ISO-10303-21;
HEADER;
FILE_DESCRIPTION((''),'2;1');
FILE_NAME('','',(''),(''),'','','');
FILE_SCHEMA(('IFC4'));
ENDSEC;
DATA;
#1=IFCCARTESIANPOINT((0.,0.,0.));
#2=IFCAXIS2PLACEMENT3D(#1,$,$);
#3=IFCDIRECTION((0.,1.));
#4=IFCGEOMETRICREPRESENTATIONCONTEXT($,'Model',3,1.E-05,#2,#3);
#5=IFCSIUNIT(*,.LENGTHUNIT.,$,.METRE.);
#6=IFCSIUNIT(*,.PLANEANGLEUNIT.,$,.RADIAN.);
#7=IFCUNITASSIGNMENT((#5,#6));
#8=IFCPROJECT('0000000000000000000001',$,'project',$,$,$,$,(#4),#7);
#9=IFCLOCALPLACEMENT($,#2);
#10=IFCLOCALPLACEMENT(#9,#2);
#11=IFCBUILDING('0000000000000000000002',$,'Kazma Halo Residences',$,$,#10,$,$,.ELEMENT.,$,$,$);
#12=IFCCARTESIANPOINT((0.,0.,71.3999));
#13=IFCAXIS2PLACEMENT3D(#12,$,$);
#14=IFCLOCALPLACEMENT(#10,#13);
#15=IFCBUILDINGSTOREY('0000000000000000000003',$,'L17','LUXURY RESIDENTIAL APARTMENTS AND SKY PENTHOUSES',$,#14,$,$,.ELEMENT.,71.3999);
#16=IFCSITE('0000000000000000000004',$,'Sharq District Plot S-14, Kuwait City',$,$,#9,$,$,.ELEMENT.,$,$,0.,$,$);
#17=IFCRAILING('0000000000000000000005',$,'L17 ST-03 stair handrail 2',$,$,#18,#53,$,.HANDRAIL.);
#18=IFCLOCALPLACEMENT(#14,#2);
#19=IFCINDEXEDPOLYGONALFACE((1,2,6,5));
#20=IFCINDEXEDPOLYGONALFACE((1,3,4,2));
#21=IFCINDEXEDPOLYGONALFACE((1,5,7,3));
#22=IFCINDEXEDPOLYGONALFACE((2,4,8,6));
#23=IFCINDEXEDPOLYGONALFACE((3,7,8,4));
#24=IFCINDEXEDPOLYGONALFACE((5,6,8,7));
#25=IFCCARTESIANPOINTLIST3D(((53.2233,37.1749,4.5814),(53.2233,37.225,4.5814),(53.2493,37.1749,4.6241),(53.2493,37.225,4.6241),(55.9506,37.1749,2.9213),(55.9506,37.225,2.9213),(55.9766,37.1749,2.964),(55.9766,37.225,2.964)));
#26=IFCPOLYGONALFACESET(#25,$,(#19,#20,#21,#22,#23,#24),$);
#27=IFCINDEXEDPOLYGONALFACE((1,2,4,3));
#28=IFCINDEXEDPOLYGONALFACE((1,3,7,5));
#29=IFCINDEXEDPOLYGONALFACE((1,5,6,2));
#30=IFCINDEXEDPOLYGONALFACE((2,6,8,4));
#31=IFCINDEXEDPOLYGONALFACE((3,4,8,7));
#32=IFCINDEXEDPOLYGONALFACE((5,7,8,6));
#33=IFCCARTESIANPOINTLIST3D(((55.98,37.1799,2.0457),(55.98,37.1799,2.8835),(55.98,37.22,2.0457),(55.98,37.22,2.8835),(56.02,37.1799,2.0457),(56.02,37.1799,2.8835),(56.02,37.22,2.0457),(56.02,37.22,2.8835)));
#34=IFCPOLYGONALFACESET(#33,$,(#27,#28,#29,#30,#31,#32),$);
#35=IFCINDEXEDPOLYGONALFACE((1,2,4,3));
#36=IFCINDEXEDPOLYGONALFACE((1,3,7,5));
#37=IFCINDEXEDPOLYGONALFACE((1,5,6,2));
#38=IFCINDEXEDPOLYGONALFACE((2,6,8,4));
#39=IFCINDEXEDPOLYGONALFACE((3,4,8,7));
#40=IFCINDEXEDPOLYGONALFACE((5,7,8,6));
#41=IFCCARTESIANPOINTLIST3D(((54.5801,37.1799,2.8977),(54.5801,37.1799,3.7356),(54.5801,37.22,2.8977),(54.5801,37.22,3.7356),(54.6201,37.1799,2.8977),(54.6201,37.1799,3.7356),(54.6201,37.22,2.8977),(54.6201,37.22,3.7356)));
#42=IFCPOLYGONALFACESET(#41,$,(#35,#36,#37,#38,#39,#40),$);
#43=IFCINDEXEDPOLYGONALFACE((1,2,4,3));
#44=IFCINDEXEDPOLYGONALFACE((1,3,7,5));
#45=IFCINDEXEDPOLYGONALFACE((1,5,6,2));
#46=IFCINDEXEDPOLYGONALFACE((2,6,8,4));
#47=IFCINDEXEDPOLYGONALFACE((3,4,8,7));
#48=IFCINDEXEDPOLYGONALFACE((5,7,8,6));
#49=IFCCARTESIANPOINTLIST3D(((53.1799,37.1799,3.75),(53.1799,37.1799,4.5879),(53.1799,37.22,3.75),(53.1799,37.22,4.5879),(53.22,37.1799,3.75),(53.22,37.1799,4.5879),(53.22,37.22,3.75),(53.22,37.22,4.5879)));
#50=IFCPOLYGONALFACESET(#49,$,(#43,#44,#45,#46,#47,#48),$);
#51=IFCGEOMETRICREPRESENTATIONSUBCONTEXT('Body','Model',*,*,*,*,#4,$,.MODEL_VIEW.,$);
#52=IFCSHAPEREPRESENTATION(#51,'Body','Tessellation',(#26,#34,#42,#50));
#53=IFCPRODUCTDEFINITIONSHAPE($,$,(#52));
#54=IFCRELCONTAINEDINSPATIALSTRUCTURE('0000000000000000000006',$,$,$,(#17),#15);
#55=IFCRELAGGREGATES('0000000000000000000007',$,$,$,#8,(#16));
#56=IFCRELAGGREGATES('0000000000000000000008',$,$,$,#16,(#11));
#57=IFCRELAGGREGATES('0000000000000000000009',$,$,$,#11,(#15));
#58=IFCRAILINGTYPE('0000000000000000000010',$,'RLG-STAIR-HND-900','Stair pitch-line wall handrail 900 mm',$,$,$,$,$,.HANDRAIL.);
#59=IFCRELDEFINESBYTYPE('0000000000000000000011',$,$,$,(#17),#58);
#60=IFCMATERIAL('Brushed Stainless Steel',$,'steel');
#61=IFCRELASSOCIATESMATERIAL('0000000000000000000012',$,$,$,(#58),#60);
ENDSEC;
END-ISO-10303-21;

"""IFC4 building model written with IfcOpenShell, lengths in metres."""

from ifc_helpers import new_model, si_unit, direction, frame, origin, origin_2d, place, context, subcontext, project, spatial, rectangle, extrude, material, type_object, element, save


model = new_model("IFC4")

# Units and contexts
model_context = context("Model", 3, precision=1e-05, world=origin(), true_north=direction((0.0, 1.0)))
body_context = subcontext(model_context, "Body", "Model", "MODEL_VIEW")
ifc_project = project(units=[si_unit("LENGTHUNIT", "METRE"), si_unit("PLANEANGLEUNIT", "RADIAN")], contexts=[model_context])

# Site, building, storey
site_placement = place(None, origin())
site = spatial("IfcSite", under=ifc_project, at=site_placement, Name="Sharq District Plot S-14, Kuwait City", CompositionType="ELEMENT", RefElevation=0.0)
building_placement = place(site_placement, origin())
building = spatial("IfcBuilding", under=site, at=building_placement, Name="Kazma Halo Residences", CompositionType="ELEMENT")
storey_placement = place(building_placement, frame((0.0, 0.0, 71.3999)))
storey = spatial("IfcBuildingStorey", under=building, at=storey_placement, Name="L17", Description="LUXURY RESIDENTIAL APARTMENTS AND SKY PENTHOUSES", CompositionType="ELEMENT", Elevation=71.3999)

# Railing
ifc_material_1 = material(Name="Brushed Stainless Steel", Category="steel")
railing_type_1 = type_object("IfcRailingType", Name="RLG-STAIR-HND-900", Description="Stair pitch-line wall handrail 900 mm", PredefinedType="HANDRAIL", material=ifc_material_1)
railing_1_placement = place(storey_placement, frame((56.0, 37.2, 2.0457)))
element("IfcRailing", 1, at=railing_1_placement, inside=storey, type_object=railing_type_1, Name="L17 ST-03 stair handrail 2", PredefinedType="HANDRAIL", context=body_context, shape_type="SweptSolid", body=[
    extrude(rectangle(XDim=0.05, YDim=0.05, at=origin_2d()), frame((-0.0364, 0.0, 0.897), z_axis=(-0.854203, 0.0, 0.51994), x_axis=(0.0, -1.0, 0.0)), (0.0, 0.0, 1.0), 3.1929),
    extrude(rectangle(XDim=0.04, YDim=0.04, at=origin_2d()), origin(), (0.0, 0.0, 1.0), 0.8379),
    extrude(rectangle(XDim=0.04, YDim=0.04, at=origin_2d()), frame((-1.3999, 0.0, 0.8521)), (0.0, 0.0, 1.0), 0.8379),
    extrude(rectangle(XDim=0.04, YDim=0.04, at=origin_2d()), frame((-2.8, 0.0, 1.7043)), (0.0, 0.0, 1.0), 0.8379),
])

save(model, "model.ifc")
